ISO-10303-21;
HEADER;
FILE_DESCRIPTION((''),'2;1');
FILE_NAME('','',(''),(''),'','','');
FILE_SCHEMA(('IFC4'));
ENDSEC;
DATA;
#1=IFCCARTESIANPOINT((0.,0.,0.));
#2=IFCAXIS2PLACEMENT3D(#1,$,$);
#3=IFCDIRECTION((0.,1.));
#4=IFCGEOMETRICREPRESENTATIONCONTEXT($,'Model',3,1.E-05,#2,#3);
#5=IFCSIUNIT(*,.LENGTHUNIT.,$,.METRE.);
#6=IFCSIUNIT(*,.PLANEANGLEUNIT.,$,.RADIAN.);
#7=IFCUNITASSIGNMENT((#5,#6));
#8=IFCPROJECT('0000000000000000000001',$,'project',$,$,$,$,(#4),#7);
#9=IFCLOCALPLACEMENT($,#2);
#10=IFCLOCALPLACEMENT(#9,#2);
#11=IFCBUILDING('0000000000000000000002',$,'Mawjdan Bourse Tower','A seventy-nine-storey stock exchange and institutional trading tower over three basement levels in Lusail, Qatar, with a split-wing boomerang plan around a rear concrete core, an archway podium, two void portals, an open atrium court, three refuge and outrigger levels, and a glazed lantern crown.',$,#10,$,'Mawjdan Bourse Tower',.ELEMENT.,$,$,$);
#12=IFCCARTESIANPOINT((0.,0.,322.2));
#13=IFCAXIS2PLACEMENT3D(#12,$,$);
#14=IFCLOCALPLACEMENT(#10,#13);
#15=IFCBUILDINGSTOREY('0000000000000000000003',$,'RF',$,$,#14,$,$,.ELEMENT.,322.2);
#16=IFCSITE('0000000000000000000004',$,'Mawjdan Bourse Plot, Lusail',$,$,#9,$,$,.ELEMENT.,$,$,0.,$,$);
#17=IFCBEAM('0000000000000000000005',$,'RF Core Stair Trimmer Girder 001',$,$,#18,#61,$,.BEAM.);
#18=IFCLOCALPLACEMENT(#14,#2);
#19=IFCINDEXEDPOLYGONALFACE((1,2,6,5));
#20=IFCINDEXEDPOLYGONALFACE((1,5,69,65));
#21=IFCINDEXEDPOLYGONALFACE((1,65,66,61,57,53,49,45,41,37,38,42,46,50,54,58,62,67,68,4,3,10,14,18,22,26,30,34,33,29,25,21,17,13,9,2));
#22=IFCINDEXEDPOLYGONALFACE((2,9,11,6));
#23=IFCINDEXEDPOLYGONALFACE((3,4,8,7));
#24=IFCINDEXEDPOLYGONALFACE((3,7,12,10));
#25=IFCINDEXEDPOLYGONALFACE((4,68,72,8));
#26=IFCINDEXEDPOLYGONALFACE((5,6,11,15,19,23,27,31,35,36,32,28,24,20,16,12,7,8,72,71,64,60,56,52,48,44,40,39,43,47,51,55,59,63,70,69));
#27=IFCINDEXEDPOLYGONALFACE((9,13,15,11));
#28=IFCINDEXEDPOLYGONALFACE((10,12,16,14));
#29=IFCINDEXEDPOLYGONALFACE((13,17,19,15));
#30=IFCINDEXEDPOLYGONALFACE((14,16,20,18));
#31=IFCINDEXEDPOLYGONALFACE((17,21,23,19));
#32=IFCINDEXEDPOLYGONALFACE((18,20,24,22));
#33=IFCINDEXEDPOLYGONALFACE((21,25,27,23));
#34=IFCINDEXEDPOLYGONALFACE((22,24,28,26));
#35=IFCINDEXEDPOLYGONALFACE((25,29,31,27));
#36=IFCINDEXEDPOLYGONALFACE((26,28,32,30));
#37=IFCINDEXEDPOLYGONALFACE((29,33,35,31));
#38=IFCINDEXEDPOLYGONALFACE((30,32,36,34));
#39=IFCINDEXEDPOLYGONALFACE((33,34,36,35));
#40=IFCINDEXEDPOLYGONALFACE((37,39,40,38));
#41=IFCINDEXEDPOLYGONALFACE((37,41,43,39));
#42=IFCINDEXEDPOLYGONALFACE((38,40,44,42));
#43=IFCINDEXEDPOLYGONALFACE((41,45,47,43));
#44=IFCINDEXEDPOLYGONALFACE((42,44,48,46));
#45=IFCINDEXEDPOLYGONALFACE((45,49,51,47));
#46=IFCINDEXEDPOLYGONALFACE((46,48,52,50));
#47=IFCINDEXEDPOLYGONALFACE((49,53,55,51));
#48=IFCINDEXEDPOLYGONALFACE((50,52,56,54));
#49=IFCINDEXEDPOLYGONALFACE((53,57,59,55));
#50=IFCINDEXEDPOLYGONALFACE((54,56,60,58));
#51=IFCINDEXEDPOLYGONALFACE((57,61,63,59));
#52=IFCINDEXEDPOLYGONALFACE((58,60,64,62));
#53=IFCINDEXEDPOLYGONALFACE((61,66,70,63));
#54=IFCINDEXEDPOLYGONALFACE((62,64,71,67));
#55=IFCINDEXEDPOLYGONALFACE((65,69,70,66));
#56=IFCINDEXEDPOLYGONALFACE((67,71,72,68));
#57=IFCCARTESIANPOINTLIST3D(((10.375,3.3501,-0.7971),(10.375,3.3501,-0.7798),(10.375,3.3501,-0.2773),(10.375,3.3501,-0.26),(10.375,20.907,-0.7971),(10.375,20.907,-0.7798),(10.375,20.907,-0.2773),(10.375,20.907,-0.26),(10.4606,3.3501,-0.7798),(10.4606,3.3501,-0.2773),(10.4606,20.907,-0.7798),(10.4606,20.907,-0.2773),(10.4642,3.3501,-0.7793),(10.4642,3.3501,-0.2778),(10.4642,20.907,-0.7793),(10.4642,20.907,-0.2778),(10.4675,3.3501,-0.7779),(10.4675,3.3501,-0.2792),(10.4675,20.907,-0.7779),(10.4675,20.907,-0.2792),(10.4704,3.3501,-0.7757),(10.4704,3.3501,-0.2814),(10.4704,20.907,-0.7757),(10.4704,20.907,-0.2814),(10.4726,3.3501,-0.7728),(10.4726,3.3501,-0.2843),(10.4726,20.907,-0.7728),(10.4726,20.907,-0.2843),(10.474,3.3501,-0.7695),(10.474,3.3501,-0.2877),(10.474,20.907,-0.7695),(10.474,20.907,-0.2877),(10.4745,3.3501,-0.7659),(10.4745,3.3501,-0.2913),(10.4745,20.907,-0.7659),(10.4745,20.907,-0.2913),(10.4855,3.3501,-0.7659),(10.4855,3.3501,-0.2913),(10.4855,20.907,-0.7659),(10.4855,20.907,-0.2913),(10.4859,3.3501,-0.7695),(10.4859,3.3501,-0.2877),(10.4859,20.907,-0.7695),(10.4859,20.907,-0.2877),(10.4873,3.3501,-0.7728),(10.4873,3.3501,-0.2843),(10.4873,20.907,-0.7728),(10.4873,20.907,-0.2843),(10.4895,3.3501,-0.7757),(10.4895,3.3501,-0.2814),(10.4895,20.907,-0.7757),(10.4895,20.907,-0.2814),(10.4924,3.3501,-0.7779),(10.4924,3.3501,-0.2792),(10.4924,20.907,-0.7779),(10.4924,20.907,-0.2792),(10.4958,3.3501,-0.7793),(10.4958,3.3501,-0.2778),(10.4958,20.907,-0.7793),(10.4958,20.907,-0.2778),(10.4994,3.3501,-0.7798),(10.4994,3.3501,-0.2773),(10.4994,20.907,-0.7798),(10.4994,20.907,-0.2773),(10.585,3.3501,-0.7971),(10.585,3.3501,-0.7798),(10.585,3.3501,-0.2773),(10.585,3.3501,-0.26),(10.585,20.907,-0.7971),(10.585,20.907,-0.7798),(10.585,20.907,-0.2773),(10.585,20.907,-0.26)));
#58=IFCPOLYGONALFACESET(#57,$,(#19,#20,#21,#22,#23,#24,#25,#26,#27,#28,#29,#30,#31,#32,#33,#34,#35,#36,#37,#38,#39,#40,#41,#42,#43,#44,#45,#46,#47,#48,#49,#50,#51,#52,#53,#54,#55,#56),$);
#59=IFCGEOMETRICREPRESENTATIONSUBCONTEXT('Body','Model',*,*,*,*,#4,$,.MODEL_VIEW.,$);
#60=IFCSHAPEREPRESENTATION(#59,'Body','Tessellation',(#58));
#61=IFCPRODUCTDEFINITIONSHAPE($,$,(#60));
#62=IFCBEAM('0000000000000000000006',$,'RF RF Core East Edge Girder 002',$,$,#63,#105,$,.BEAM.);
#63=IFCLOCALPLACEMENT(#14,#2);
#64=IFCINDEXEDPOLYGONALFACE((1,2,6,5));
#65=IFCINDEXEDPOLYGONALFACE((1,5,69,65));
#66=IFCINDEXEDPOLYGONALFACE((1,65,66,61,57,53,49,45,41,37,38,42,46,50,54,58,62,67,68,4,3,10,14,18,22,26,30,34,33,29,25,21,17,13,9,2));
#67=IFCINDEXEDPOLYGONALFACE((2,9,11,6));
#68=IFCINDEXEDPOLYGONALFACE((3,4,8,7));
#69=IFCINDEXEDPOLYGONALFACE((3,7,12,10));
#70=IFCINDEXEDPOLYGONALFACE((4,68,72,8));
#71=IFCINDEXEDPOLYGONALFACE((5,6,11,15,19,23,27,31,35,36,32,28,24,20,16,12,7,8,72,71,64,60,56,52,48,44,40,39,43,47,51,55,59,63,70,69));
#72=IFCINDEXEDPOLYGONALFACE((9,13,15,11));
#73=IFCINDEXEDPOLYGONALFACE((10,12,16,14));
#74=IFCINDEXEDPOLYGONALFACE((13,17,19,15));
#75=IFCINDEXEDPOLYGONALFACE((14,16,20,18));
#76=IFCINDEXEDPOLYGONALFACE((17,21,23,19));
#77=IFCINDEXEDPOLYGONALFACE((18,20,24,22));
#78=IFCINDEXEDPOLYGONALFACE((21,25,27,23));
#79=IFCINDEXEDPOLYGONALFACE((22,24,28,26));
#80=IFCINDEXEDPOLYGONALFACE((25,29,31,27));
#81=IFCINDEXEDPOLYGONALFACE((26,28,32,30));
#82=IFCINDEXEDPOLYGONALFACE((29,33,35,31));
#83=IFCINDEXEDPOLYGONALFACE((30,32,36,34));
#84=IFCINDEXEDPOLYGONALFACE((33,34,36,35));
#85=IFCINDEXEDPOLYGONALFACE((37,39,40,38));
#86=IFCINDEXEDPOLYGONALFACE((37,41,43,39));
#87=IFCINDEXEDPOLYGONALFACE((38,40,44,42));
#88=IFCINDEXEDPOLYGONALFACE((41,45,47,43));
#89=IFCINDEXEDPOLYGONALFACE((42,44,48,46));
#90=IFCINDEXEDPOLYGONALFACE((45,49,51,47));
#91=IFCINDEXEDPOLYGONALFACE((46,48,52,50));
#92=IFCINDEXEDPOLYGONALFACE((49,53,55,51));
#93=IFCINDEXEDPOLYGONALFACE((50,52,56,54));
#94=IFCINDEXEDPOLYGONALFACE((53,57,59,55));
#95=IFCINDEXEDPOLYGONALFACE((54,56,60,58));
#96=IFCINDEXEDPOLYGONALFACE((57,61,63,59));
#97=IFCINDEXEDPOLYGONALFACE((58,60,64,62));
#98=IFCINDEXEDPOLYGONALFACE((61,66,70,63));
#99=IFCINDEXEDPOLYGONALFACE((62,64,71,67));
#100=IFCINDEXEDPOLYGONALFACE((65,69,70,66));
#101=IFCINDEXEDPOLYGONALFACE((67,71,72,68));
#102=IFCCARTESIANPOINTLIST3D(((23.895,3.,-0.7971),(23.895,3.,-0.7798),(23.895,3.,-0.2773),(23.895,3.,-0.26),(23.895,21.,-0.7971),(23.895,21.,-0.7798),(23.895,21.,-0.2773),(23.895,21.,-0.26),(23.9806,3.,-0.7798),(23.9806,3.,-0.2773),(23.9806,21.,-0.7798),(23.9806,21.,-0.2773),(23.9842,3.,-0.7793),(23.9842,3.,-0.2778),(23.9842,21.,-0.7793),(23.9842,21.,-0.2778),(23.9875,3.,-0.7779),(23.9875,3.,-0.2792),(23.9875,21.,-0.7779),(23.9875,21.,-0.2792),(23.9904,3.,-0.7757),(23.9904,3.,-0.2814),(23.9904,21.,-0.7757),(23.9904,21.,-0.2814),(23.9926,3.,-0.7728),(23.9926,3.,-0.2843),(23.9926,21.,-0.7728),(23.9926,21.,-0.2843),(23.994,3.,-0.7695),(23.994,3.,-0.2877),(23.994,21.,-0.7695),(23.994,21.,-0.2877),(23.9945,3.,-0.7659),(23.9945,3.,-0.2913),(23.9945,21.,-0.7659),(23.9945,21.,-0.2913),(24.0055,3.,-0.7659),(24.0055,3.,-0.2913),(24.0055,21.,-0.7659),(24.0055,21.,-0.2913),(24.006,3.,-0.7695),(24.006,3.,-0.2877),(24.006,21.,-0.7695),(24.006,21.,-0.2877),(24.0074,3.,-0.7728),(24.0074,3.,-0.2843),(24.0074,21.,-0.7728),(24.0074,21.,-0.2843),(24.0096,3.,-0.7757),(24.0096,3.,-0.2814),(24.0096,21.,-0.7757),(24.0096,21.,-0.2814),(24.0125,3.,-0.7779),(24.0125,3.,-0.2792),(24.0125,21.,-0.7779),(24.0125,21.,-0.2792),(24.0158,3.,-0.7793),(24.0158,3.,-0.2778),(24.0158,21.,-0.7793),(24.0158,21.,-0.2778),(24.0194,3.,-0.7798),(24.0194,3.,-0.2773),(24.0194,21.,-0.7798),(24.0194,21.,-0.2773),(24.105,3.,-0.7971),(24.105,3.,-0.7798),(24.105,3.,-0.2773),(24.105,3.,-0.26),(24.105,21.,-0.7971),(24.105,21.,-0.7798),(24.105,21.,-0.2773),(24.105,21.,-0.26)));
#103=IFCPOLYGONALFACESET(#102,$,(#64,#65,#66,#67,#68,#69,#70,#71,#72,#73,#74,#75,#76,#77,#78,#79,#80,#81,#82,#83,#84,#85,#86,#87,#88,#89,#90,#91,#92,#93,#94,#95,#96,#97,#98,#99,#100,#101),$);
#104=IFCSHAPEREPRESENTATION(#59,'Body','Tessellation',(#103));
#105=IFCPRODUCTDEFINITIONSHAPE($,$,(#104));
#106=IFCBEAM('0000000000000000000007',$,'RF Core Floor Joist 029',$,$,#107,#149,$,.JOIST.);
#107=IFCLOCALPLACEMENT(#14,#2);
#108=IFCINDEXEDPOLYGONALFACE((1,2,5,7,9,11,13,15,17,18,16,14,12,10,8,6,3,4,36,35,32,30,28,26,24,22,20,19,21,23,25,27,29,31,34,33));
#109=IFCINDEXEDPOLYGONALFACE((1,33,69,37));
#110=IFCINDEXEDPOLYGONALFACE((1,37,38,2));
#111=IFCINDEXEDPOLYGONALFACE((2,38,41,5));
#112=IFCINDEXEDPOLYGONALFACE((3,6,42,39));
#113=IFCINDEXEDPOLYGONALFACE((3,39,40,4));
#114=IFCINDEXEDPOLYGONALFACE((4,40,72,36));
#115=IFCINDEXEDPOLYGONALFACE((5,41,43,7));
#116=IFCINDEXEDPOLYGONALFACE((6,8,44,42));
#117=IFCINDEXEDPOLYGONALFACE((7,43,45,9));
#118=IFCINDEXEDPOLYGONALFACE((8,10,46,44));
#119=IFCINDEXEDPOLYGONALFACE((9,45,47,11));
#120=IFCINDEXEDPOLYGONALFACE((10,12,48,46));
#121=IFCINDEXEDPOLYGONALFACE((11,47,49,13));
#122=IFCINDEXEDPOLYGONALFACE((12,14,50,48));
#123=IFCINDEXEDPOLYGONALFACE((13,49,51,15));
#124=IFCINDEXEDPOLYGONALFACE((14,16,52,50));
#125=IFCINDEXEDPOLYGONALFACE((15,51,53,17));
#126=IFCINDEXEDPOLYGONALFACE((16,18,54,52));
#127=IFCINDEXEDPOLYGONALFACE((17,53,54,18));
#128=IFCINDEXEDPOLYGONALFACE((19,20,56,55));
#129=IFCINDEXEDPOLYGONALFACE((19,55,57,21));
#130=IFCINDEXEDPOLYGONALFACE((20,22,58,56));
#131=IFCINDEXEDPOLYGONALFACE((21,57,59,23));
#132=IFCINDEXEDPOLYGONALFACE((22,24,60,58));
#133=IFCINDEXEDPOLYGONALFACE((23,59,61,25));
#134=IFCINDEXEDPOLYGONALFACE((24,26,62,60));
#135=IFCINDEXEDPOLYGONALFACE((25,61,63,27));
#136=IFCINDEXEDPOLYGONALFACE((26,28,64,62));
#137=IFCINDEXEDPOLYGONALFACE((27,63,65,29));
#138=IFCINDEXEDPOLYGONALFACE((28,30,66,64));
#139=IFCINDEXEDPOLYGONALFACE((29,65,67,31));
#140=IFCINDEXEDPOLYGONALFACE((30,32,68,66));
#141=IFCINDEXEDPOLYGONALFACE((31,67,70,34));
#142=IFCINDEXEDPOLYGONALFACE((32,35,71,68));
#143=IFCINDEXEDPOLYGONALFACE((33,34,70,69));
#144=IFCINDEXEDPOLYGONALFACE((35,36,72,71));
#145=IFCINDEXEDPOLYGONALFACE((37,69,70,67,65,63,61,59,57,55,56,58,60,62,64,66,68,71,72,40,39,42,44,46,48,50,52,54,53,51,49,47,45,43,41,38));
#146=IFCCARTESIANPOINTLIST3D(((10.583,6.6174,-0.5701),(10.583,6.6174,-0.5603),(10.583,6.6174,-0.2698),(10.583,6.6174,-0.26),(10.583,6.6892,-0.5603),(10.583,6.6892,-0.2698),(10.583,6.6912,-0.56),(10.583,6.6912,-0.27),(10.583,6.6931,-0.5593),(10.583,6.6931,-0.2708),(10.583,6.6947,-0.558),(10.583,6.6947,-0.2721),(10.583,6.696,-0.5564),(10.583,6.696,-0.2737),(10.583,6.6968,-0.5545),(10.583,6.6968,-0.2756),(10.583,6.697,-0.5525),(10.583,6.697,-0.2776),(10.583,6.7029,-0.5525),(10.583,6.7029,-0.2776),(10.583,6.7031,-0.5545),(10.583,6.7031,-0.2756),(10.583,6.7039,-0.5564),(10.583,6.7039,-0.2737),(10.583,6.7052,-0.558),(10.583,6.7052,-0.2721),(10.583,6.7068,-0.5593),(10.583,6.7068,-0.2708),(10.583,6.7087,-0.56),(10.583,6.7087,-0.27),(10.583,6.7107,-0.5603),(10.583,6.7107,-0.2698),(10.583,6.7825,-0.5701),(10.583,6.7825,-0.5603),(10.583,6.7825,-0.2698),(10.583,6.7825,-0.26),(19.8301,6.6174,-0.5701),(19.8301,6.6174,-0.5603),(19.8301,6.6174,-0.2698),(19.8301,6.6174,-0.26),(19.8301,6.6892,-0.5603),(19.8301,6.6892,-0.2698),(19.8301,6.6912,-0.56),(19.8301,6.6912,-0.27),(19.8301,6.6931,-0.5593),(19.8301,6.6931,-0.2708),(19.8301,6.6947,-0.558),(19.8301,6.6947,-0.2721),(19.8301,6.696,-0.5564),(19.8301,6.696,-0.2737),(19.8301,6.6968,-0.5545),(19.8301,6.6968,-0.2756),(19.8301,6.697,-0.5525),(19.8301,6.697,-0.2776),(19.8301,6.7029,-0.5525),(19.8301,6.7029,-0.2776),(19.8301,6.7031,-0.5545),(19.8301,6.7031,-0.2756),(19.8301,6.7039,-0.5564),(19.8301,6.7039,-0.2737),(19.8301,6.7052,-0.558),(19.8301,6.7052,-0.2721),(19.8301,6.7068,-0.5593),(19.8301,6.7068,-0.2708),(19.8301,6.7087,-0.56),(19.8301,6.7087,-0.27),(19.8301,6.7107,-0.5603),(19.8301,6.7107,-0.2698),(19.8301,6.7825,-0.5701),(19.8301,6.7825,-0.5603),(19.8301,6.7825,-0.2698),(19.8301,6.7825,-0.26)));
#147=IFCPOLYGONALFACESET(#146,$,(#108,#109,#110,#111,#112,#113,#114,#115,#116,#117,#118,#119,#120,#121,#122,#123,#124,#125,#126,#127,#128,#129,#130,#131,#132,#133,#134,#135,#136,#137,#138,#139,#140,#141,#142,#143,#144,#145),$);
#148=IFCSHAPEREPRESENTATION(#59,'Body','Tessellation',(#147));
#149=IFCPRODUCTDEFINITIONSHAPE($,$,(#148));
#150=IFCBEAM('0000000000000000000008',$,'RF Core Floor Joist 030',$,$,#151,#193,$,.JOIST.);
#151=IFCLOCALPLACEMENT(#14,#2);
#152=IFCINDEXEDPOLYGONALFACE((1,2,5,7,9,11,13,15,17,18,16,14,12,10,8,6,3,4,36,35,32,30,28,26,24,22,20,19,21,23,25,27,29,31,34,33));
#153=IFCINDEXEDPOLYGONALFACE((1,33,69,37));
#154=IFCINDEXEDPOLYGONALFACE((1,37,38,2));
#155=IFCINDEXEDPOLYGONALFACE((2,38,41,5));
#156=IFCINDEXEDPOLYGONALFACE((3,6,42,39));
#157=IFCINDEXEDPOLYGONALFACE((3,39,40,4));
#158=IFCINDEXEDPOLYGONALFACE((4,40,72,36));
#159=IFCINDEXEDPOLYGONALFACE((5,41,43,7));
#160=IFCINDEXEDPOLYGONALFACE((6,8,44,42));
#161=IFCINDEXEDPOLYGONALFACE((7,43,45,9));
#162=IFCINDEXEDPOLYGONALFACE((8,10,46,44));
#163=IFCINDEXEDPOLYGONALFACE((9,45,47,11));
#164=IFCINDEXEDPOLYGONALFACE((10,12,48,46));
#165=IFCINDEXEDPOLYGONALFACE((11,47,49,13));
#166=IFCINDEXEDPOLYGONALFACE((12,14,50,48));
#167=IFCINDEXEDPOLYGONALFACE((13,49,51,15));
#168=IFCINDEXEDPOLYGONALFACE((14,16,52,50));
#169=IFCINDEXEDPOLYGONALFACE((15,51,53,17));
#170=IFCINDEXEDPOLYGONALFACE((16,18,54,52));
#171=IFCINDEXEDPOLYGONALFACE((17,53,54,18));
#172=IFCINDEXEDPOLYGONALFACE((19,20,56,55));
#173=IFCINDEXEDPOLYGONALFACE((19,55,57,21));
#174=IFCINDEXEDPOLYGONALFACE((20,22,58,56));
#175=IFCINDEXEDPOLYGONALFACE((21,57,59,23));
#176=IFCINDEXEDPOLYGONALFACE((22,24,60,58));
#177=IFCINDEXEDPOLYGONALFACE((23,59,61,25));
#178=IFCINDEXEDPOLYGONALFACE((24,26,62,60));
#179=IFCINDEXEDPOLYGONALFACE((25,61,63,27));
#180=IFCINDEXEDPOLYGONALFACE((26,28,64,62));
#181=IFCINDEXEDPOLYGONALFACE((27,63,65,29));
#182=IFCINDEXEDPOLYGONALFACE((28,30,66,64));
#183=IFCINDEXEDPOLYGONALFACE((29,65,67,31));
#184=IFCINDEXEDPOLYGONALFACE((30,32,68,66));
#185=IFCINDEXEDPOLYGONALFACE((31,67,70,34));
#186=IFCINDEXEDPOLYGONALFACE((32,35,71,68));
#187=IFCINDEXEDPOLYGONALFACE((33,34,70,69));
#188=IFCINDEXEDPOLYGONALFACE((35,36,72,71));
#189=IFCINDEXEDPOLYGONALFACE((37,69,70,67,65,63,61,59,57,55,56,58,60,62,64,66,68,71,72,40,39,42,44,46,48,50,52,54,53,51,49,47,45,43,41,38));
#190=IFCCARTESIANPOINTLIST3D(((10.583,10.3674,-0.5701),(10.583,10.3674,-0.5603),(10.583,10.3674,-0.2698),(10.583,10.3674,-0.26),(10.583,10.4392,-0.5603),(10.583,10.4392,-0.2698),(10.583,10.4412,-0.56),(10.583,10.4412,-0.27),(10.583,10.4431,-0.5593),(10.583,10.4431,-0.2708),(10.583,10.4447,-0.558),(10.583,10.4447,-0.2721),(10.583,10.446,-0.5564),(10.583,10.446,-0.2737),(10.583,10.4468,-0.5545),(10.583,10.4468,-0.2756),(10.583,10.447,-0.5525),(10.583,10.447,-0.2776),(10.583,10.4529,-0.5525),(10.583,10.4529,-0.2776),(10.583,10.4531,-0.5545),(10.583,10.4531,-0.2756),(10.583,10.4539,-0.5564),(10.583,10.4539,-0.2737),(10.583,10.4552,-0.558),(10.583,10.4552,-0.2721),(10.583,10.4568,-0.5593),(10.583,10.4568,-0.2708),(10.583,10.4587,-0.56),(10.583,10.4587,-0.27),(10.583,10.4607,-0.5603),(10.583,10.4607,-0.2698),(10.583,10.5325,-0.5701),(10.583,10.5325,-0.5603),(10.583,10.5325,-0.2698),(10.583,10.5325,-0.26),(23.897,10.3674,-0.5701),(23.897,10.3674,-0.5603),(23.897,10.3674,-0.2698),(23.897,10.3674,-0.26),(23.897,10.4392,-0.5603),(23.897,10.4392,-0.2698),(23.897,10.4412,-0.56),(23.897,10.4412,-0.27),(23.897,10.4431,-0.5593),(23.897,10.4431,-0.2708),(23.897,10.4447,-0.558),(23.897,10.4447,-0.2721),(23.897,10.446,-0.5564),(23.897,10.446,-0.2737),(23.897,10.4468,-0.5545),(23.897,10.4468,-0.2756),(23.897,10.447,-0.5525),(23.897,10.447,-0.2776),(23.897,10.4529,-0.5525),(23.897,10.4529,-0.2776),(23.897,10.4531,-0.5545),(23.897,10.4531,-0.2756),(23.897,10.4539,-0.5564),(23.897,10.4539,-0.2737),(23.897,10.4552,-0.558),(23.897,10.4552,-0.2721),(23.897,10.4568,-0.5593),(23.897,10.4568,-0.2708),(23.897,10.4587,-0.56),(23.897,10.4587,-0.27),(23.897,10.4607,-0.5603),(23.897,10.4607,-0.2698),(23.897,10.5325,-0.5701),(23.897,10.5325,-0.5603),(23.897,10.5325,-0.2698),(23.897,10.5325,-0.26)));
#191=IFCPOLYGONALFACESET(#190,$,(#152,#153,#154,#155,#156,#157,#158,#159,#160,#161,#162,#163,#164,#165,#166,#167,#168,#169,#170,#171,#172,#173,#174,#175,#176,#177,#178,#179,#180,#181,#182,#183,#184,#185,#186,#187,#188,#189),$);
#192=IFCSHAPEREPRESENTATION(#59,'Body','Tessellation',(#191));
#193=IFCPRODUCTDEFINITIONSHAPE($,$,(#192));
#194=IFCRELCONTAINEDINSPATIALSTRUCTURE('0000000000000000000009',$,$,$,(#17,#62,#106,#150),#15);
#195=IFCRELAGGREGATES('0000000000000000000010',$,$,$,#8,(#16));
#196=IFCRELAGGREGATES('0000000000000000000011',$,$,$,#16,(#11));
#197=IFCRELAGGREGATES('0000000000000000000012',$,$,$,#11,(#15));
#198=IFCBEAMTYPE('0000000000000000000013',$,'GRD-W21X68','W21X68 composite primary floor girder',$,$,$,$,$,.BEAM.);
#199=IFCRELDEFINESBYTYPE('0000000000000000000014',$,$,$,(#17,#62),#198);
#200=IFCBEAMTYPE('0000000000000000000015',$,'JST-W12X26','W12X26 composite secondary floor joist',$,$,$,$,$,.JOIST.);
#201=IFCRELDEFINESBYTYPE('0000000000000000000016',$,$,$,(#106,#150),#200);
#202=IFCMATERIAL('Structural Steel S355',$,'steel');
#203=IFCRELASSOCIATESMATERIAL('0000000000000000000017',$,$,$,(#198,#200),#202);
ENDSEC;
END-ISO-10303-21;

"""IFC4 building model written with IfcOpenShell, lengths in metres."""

from ifc_helpers import new_model, si_unit, direction, frame, origin, origin_2d, place, context, subcontext, project, spatial, i_section, extrude, material, material_profile, profile_set, type_object, element, save


model = new_model("IFC4")

# Units and contexts
model_context = context("Model", 3, precision=1e-05, world=origin(), true_north=direction((0.0, 1.0)))
body_context = subcontext(model_context, "Body", "Model", "MODEL_VIEW")
ifc_project = project(units=[si_unit("LENGTHUNIT", "METRE"), si_unit("PLANEANGLEUNIT", "RADIAN")], contexts=[model_context])

# Site, building, storey
site_placement = place(None, origin())
site = spatial("IfcSite", under=ifc_project, at=site_placement, Name="Mawjdan Bourse Plot, Lusail", CompositionType="ELEMENT", RefElevation=0.0)
building_placement = place(site_placement, origin())
building = spatial("IfcBuilding", under=site, at=building_placement, Name="Mawjdan Bourse Tower", Description="A seventy-nine-storey stock exchange and institutional trading tower over three basement levels in Lusail, Qatar, with a split-wing boomerang plan around a rear concrete core, an archway podium, two void portals, an open atrium court, three refuge and outrigger levels, and a glazed lantern crown.", LongName="Mawjdan Bourse Tower", CompositionType="ELEMENT")
storey_placement = place(building_placement, frame((0.0, 0.0, 322.2)))
storey = spatial("IfcBuildingStorey", under=building, at=storey_placement, Name="RF", CompositionType="ELEMENT", Elevation=322.2)

# Beams
ifc_material_1 = material(Name="Structural Steel S355", Category="steel")
ifc_material_profile_1 = material_profile(ifc_material_1, i_section(OverallWidth=0.21, OverallDepth=0.5371, WebThickness=0.011, FlangeThickness=0.0173, FilletRadius=0.0139, at=origin_2d()), Name="W21X68")
ifc_profile_set_1 = profile_set([ifc_material_profile_1], Name="Structural Steel S355")
beam_type_1 = type_object("IfcBeamType", Name="GRD-W21X68", Description="W21X68 composite primary floor girder", PredefinedType="BEAM", material=ifc_profile_set_1)
beam_1_placement = place(storey_placement, frame((10.48, 3.3501, -0.5286), z_axis=(0.0, 1.0, 0.0), x_axis=(-1.0, 0.0, 0.0)))
element("IfcBeam", 1, at=beam_1_placement, inside=storey, type_object=beam_type_1, Name="RF Core Stair Trimmer Girder 001", PredefinedType="BEAM", context=body_context, shape_type="SweptSolid", body=[
    extrude(i_section(OverallWidth=0.21, OverallDepth=0.5371, WebThickness=0.011, FlangeThickness=0.0173, FilletRadius=0.0139, at=origin_2d()), origin(), (0.0, 0.0, 1.0), 17.5569),
])
beam_2_placement = place(storey_placement, frame((24.0, 3.0, -0.5286), z_axis=(0.0, 1.0, 0.0), x_axis=(-1.0, 0.0, 0.0)))
element("IfcBeam", 2, at=beam_2_placement, inside=storey, type_object=beam_type_1, Name="RF RF Core East Edge Girder 002", PredefinedType="BEAM", context=body_context, shape_type="SweptSolid", body=[
    extrude(i_section(OverallWidth=0.21, OverallDepth=0.5371, WebThickness=0.011, FlangeThickness=0.0173, FilletRadius=0.0139, at=origin_2d()), origin(), (0.0, 0.0, 1.0), 18.0),
])
ifc_material_profile_2 = material_profile(ifc_material_1, i_section(OverallWidth=0.165, OverallDepth=0.3101, WebThickness=0.0059, FlangeThickness=0.0098, FilletRadius=0.0078, at=origin_2d()), Name="W12X26")
ifc_profile_set_2 = profile_set([ifc_material_profile_2], Name="Structural Steel S355")
beam_type_2 = type_object("IfcBeamType", Name="JST-W12X26", Description="W12X26 composite secondary floor joist", PredefinedType="JOIST", material=ifc_profile_set_2)
beam_3_placement = place(storey_placement, frame((10.583, 6.7, -0.415), z_axis=(1.0, 0.0, 0.0), x_axis=(0.0, 1.0, 0.0)))
element("IfcBeam", 3, at=beam_3_placement, inside=storey, type_object=beam_type_2, Name="RF Core Floor Joist 029", PredefinedType="JOIST", context=body_context, shape_type="SweptSolid", body=[
    extrude(i_section(OverallWidth=0.165, OverallDepth=0.3101, WebThickness=0.0059, FlangeThickness=0.0098, FilletRadius=0.0078, at=origin_2d()), origin(), (0.0, 0.0, 1.0), 9.2471),
])
for number, where, z_axis, x_axis, name in (
    (4, (10.583, 10.45, -0.415), (1.0, 0.0, 0.0), (0.0, 1.0, 0.0), "RF Core Floor Joist 030"),
):
    element("IfcBeam", number, at=place(storey_placement, frame(where, z_axis=z_axis, x_axis=x_axis)), inside=storey, type_object=beam_type_2, Name=name, PredefinedType="JOIST", context=body_context, shape_type="SweptSolid", body=[
        extrude(i_section(OverallWidth=0.165, OverallDepth=0.3101, WebThickness=0.0059, FlangeThickness=0.0098, FilletRadius=0.0078, at=origin_2d()), origin(), (0.0, 0.0, 1.0), 13.314),
    ])

save(model, "model.ifc")
